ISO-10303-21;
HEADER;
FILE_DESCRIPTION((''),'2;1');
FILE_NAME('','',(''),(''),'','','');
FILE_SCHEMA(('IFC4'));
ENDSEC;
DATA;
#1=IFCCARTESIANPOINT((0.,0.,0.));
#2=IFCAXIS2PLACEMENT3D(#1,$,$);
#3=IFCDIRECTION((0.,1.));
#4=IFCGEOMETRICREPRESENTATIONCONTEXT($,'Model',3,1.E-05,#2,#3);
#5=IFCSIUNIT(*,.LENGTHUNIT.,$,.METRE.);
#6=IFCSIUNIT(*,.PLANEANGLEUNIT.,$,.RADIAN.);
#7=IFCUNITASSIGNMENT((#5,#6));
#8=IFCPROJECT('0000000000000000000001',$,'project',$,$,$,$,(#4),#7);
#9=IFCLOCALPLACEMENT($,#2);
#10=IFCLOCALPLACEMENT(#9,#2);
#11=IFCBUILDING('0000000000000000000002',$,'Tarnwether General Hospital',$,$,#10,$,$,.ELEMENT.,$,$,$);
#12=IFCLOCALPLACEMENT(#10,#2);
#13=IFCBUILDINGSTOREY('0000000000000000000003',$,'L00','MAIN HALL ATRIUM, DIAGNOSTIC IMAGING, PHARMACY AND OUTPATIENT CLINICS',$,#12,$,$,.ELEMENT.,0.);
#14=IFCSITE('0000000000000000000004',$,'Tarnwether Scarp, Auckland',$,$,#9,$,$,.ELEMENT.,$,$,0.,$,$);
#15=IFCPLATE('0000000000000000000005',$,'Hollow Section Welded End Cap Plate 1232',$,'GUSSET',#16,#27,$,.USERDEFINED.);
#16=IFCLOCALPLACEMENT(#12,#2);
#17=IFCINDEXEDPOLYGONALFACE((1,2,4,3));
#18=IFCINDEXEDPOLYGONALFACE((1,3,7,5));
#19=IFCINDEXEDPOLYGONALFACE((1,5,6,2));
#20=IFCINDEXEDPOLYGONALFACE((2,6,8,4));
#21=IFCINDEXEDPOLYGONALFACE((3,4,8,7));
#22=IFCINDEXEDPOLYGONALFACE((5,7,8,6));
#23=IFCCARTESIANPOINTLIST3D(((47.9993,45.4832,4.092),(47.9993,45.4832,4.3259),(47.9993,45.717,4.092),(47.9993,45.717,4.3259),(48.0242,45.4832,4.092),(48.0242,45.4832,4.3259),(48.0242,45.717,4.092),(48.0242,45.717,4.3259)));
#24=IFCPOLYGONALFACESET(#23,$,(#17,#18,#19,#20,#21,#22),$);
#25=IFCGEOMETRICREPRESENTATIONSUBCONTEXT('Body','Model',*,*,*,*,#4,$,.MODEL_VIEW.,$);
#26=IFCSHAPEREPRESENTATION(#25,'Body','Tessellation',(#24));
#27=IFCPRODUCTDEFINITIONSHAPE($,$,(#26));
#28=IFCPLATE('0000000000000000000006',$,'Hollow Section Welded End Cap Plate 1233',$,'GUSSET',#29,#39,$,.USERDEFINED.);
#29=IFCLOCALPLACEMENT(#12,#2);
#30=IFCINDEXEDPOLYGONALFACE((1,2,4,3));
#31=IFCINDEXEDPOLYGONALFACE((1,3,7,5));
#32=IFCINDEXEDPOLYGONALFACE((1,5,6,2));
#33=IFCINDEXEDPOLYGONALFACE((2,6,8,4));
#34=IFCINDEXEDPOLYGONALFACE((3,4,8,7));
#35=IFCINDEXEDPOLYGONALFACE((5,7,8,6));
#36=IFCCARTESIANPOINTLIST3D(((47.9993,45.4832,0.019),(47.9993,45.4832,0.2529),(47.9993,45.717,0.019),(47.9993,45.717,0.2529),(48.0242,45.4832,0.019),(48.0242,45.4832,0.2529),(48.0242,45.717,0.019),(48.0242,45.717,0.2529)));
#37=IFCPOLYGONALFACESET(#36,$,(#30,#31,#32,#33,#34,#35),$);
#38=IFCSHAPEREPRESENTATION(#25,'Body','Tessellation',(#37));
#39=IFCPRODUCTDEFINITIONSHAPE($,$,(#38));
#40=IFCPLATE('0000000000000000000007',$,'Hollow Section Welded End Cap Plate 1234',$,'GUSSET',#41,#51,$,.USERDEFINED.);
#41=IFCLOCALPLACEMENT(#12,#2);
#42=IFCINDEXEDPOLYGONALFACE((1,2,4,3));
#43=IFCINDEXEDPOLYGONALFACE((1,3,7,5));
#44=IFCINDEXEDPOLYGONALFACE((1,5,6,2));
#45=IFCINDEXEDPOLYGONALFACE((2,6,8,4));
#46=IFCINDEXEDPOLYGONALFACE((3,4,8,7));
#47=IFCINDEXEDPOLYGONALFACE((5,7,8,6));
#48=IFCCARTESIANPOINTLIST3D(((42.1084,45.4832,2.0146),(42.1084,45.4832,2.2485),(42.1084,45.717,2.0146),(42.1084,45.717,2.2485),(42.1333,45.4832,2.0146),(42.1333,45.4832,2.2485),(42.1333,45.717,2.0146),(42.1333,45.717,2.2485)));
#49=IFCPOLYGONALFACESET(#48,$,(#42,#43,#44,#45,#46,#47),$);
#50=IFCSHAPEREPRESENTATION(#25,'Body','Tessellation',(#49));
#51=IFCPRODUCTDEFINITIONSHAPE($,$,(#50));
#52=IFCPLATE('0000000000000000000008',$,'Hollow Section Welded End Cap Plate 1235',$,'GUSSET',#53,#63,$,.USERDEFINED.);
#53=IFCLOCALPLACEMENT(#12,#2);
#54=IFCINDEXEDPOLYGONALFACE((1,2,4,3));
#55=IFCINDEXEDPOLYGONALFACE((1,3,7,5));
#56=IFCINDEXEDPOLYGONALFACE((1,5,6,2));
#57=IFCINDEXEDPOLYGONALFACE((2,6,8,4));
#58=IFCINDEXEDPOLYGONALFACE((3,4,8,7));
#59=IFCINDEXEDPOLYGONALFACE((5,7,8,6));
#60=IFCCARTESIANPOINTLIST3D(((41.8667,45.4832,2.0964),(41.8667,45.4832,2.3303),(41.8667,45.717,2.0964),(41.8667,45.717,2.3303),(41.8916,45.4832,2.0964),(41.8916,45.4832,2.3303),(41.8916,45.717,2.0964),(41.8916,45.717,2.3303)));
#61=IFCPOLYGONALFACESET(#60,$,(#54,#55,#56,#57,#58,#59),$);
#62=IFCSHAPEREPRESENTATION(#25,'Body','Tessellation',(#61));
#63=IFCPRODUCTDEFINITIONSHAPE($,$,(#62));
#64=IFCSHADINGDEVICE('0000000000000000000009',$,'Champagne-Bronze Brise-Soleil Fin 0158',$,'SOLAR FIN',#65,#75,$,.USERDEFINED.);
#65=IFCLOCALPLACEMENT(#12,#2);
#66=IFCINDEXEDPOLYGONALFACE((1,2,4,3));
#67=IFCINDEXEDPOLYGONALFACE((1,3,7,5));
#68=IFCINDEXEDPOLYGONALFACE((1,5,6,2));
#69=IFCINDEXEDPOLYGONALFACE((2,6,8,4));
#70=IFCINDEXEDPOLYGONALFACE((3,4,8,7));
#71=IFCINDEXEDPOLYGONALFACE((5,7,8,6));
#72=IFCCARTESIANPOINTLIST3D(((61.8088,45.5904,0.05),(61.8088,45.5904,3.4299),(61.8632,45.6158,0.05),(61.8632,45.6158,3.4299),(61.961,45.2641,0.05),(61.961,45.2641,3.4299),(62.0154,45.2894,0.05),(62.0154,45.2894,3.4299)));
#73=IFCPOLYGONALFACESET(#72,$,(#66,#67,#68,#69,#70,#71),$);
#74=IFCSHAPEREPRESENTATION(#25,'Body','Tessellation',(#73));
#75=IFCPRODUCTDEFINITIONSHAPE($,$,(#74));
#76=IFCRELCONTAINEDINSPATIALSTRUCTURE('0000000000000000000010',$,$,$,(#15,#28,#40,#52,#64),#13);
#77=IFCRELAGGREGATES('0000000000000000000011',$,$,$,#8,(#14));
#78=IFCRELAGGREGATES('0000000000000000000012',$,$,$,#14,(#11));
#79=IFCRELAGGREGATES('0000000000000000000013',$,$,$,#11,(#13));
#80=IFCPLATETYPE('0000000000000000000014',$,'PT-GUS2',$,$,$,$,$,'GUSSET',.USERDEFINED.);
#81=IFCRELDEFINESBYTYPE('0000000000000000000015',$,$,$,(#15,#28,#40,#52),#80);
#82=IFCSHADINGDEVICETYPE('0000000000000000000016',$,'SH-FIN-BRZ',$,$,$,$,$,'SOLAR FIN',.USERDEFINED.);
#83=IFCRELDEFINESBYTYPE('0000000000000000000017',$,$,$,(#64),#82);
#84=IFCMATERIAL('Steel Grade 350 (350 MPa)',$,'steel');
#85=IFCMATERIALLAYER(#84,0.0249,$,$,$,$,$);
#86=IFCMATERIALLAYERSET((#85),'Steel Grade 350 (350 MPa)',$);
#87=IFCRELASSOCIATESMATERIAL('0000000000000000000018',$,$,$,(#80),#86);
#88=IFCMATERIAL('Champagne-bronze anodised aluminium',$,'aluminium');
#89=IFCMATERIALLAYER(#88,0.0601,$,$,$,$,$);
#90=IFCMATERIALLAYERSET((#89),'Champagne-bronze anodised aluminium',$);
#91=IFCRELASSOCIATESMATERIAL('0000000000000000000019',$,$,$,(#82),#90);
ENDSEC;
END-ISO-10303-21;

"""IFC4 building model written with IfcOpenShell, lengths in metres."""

from ifc_helpers import new_model, si_unit, direction, frame, origin, origin_2d, place, context, subcontext, project, spatial, rectangle, extrude, material, layer, layer_set, type_object, element, save


model = new_model("IFC4")

# Units and contexts
model_context = context("Model", 3, precision=1e-05, world=origin(), true_north=direction((0.0, 1.0)))
body_context = subcontext(model_context, "Body", "Model", "MODEL_VIEW")
ifc_project = project(units=[si_unit("LENGTHUNIT", "METRE"), si_unit("PLANEANGLEUNIT", "RADIAN")], contexts=[model_context])

# Site, building, storey
site_placement = place(None, origin())
site = spatial("IfcSite", under=ifc_project, at=site_placement, Name="Tarnwether Scarp, Auckland", CompositionType="ELEMENT", RefElevation=0.0)
building_placement = place(site_placement, origin())
building = spatial("IfcBuilding", under=site, at=building_placement, Name="Tarnwether General Hospital", CompositionType="ELEMENT")
storey_placement = place(building_placement, origin())
storey = spatial("IfcBuildingStorey", under=building, at=storey_placement, Name="L00", Description="MAIN HALL ATRIUM, DIAGNOSTIC IMAGING, PHARMACY AND OUTPATIENT CLINICS", CompositionType="ELEMENT", Elevation=0.0)

# Plates
ifc_material_1 = material(Name="Steel Grade 350 (350 MPa)", Category="steel")
ifc_layer_1 = layer(ifc_material_1, 0.0249)
ifc_layer_set_1 = layer_set([ifc_layer_1], Name="Steel Grade 350 (350 MPa)")
plate_type_1 = type_object("IfcPlateType", Name="PT-GUS2", ElementType="GUSSET", PredefinedType="USERDEFINED", material=ifc_layer_set_1)
for number, where, z_axis, x_axis, name in (
    (1, (48.0117, 45.6001, 4.092), (0.0, 0.0, 1.0), (1.0, 0.0, 0.0), "Hollow Section Welded End Cap Plate 1232"),
    (2, (48.0117, 45.6001, 0.019), (0.0, 0.0, 1.0), (-1.0, 0.0, 0.0), "Hollow Section Welded End Cap Plate 1233"),
    (3, (42.1208, 45.6001, 2.0146), (0.0, 0.0, 1.0), (-1.0, 0.0, 0.0), "Hollow Section Welded End Cap Plate 1234"),
    (4, (41.8792, 45.6001, 2.0964), (0.0, 0.0, 1.0), (-1.0, 0.0, 0.0), "Hollow Section Welded End Cap Plate 1235"),
):
    element("IfcPlate", number, at=place(storey_placement, frame(where, z_axis=z_axis, x_axis=x_axis)), inside=storey, type_object=plate_type_1, Name=name, ObjectType="GUSSET", PredefinedType="USERDEFINED", context=body_context, shape_type="SweptSolid", body=[
        extrude(rectangle(XDim=0.0249, YDim=0.2339, at=origin_2d()), origin(), (0.0, 0.0, 1.0), 0.2339),
    ])

# Shading device
ifc_material_2 = material(Name="Champagne-bronze anodised aluminium", Category="aluminium")
ifc_layer_2 = layer(ifc_material_2, 0.0601)
ifc_layer_set_2 = layer_set([ifc_layer_2], Name="Champagne-bronze anodised aluminium")
shading_device_type = type_object("IfcShadingDeviceType", Name="SH-FIN-BRZ", ElementType="SOLAR FIN", PredefinedType="USERDEFINED", material=ifc_layer_set_2)
shading_device_placement = place(storey_placement, frame((61.9121, 45.4399, 0.05), z_axis=(0.0, 0.0, 1.0), x_axis=(-0.906308, -0.422618, 0.0)))
element("IfcShadingDevice", 5, at=shading_device_placement, inside=storey, type_object=shading_device_type, Name="Champagne-Bronze Brise-Soleil Fin 0158", ObjectType="SOLAR FIN", PredefinedType="USERDEFINED", context=body_context, shape_type="SweptSolid", body=[
    extrude(rectangle(XDim=0.0601, YDim=0.3601, at=origin_2d()), origin(), (0.0, 0.0, 1.0), 3.3799),
])

save(model, "model.ifc")
